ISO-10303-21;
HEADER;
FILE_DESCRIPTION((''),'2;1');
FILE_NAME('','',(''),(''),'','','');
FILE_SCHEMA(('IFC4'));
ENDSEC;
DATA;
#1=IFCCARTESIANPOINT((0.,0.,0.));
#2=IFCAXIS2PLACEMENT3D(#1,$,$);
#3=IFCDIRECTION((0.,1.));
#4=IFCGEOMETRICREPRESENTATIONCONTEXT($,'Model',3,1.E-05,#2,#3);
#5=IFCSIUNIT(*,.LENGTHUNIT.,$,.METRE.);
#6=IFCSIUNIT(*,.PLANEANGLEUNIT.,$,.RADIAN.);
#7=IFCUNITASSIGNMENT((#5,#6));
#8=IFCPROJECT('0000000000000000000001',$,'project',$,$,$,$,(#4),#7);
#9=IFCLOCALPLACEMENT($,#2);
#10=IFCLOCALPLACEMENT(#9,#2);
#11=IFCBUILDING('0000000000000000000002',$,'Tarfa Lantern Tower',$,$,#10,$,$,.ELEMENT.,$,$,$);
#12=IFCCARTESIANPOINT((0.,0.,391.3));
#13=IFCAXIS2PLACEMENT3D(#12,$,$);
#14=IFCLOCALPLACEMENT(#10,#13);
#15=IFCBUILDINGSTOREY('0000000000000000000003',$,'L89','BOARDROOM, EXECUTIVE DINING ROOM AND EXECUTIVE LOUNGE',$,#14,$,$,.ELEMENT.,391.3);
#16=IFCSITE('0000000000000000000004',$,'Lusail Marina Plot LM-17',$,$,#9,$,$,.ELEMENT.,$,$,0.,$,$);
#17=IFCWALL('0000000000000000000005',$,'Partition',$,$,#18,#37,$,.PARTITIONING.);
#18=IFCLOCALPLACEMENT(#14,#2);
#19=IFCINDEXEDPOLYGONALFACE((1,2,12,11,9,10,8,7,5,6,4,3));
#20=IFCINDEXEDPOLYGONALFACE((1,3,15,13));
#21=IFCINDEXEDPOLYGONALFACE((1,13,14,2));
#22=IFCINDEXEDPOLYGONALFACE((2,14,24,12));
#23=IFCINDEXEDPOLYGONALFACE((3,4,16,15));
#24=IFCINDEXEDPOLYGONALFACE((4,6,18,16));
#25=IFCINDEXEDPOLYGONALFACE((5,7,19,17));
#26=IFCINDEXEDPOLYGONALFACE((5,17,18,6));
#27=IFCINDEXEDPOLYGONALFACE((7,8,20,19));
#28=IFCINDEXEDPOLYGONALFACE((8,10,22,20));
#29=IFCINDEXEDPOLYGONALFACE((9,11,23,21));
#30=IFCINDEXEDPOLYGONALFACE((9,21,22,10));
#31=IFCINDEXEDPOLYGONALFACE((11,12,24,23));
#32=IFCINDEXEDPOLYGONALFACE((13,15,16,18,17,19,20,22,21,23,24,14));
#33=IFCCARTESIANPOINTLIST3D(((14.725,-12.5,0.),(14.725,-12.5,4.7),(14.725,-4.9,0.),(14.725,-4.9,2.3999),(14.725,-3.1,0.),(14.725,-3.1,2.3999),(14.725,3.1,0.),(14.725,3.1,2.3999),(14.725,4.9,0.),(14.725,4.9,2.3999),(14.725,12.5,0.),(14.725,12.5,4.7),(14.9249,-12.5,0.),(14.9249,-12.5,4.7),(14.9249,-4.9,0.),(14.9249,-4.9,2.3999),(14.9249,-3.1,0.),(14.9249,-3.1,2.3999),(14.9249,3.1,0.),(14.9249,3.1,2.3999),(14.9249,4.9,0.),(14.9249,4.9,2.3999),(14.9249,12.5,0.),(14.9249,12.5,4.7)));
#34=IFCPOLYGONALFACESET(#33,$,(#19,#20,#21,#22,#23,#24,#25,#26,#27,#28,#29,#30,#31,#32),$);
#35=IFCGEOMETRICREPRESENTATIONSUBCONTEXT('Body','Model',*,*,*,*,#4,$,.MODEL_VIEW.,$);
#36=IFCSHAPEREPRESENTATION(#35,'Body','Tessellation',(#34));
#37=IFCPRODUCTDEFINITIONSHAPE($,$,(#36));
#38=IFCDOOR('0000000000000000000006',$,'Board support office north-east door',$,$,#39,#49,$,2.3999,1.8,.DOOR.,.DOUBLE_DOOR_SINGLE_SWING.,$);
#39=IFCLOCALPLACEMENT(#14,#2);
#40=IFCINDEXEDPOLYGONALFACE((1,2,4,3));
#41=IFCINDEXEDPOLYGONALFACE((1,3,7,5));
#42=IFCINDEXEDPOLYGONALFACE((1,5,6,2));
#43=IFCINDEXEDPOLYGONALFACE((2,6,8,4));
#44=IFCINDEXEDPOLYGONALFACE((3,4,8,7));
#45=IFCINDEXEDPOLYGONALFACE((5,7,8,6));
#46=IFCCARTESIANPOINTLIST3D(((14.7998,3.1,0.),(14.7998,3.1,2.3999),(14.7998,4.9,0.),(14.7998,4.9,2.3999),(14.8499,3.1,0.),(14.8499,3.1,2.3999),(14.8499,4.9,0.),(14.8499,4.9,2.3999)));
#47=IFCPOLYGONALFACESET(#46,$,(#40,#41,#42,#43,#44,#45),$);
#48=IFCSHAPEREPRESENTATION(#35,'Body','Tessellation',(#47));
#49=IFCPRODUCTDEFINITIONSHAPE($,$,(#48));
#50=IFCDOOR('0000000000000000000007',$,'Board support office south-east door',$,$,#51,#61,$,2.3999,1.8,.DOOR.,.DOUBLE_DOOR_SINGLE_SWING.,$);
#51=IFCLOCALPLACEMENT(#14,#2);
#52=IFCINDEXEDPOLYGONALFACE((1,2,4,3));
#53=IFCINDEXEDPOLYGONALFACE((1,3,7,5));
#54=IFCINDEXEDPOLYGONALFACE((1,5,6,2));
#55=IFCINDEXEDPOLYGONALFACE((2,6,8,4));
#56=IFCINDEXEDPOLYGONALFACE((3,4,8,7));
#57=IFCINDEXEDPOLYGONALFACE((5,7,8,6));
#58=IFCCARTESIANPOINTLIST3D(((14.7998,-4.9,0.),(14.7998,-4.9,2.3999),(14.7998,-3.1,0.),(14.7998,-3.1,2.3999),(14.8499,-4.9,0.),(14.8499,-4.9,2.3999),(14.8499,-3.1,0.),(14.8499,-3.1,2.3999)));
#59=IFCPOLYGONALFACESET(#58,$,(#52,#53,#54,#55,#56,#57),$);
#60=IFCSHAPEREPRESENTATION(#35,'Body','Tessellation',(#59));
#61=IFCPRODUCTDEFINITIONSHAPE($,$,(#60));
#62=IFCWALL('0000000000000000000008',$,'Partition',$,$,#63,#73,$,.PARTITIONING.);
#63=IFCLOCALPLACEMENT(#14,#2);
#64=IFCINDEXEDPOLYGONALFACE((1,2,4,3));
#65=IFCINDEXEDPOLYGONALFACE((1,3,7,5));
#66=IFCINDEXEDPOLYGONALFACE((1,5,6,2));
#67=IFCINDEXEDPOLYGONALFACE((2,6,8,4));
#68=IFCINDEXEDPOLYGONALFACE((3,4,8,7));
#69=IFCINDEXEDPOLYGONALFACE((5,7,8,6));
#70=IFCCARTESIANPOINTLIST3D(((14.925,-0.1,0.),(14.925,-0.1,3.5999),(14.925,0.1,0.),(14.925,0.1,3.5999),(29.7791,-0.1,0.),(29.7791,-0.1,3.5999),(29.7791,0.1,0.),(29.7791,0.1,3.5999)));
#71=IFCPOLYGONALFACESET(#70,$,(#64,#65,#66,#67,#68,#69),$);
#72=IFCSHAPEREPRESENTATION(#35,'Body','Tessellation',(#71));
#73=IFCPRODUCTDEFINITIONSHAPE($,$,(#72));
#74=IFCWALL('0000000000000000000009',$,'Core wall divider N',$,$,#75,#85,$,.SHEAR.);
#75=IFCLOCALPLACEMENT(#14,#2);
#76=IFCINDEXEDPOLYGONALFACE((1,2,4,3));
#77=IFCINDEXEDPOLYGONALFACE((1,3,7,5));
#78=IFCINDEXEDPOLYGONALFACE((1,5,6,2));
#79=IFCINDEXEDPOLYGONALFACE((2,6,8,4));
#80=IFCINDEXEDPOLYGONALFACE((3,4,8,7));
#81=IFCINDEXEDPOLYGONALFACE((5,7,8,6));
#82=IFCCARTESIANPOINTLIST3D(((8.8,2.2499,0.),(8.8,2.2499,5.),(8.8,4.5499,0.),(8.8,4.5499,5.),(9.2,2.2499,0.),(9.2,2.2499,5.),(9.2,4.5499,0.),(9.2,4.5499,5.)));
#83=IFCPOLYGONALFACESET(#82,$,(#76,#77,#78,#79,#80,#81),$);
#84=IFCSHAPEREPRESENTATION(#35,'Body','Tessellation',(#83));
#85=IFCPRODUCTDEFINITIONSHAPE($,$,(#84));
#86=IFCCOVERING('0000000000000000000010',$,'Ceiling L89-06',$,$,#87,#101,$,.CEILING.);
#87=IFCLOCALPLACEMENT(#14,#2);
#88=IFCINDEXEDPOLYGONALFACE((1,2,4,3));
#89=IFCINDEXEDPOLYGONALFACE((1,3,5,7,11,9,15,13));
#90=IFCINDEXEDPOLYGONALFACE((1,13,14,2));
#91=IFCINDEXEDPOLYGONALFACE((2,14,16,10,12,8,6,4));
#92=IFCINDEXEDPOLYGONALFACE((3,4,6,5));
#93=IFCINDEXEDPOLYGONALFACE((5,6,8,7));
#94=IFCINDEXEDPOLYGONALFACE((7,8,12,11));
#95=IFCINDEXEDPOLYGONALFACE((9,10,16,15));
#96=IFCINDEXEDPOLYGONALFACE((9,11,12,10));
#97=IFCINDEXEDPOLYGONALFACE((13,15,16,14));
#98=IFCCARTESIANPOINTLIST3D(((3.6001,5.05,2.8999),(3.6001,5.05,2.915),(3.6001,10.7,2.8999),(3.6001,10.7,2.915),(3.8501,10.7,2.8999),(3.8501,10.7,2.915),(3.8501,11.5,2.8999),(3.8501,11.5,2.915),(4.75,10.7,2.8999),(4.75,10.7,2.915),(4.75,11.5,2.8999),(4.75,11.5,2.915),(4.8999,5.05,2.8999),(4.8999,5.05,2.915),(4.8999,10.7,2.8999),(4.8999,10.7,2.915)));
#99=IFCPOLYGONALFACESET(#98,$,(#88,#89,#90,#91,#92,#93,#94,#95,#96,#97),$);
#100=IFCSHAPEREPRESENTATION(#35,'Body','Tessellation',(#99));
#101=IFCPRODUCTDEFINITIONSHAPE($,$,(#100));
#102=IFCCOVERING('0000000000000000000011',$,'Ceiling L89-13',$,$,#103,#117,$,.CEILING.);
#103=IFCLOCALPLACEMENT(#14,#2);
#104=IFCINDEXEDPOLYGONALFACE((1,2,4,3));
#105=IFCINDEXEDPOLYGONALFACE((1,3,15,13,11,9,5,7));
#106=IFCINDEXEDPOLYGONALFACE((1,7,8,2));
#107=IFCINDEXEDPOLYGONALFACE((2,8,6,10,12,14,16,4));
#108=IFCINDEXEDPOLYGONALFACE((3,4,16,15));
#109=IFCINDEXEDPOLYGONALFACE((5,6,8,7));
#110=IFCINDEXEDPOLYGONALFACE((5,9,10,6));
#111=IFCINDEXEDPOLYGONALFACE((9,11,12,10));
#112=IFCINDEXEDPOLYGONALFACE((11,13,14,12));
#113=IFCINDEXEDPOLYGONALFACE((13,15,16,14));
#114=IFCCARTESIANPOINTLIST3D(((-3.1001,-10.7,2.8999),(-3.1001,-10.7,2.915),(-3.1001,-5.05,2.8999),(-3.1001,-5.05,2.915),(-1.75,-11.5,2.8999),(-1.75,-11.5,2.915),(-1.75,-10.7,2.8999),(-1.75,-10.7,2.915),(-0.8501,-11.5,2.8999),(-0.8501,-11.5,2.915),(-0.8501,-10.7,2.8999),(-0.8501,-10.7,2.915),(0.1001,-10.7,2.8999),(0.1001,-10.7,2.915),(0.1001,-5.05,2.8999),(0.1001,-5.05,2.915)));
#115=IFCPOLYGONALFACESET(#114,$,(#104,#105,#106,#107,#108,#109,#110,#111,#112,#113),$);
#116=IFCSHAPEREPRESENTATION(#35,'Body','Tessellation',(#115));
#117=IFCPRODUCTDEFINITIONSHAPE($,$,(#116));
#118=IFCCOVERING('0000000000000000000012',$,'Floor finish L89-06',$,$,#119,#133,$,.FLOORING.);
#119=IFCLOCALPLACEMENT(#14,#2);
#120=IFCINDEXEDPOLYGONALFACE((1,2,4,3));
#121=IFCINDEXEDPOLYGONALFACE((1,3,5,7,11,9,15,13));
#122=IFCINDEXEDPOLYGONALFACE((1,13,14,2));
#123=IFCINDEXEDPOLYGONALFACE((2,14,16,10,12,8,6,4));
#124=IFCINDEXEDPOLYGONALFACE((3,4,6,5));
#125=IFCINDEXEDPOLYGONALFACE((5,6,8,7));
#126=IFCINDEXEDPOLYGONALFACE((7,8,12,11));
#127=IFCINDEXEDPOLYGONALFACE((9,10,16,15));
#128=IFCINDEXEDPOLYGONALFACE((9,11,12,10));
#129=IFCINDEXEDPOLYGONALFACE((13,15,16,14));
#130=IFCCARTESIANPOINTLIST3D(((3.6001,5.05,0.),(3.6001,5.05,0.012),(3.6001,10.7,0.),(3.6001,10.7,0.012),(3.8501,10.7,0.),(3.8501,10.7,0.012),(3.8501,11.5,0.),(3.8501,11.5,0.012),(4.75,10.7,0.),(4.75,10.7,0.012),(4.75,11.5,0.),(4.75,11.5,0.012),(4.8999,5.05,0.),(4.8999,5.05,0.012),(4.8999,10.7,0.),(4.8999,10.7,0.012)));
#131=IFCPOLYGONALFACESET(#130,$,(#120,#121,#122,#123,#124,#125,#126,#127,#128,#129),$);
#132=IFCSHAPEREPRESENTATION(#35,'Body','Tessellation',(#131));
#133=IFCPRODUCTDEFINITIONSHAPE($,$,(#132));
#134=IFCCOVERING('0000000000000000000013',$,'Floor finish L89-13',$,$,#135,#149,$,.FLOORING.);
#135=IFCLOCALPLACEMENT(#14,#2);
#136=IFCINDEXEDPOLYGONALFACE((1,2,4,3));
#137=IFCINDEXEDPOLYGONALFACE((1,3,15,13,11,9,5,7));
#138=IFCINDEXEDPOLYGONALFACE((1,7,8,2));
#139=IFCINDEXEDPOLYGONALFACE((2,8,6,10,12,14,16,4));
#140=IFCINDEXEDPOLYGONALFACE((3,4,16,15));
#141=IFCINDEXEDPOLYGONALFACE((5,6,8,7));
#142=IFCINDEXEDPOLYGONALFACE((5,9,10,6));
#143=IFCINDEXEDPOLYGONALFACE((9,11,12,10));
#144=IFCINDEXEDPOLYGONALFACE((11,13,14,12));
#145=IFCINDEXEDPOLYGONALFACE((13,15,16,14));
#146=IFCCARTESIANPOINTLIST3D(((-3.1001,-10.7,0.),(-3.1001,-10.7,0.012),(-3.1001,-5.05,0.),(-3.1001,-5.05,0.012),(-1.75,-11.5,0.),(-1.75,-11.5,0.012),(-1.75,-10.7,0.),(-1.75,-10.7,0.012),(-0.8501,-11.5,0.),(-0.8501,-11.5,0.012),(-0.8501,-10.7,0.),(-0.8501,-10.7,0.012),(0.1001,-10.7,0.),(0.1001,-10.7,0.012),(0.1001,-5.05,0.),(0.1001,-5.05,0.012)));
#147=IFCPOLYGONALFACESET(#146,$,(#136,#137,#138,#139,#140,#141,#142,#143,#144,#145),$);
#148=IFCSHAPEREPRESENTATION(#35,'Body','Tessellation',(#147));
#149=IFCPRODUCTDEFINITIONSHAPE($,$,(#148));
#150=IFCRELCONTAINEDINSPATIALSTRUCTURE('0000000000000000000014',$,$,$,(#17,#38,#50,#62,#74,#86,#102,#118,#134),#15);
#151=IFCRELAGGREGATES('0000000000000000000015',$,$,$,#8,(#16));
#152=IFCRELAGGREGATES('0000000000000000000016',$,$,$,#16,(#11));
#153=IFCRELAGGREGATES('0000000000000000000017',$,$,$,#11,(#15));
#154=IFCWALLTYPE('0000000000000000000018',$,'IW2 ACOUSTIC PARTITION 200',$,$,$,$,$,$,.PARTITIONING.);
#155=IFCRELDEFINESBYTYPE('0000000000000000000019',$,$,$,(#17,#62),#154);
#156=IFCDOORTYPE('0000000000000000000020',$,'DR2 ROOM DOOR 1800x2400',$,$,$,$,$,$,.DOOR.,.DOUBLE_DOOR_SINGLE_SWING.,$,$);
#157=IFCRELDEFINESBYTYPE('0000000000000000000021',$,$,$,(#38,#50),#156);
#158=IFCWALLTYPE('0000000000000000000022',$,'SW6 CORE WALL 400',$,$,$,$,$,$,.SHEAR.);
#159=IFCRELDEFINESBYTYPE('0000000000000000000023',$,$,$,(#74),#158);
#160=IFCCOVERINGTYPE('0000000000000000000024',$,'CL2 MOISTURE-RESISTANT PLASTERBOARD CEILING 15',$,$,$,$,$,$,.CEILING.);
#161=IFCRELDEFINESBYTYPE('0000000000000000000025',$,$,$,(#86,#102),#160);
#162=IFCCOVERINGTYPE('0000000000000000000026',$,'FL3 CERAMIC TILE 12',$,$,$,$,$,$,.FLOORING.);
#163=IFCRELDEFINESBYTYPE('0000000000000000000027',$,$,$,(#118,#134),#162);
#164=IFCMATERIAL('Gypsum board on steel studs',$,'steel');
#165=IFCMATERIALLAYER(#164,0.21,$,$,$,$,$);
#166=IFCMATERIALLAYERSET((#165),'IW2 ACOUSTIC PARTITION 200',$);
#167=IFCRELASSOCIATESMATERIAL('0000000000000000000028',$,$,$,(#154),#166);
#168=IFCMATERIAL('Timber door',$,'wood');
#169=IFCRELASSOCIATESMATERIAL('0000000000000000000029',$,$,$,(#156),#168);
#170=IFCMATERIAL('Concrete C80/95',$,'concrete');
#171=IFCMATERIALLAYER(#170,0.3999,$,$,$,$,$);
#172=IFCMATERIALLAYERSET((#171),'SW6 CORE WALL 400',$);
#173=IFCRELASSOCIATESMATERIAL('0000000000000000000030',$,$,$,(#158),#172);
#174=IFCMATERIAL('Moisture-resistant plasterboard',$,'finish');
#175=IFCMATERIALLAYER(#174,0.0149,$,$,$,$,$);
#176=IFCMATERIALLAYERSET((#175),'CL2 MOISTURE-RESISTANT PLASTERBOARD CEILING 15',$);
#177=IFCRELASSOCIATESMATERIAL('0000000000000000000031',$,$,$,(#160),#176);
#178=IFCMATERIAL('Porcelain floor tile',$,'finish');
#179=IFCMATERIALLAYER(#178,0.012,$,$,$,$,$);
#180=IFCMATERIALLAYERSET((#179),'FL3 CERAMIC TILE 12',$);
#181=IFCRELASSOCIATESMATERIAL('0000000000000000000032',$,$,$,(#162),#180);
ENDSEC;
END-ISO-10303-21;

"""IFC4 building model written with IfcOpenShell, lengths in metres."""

from ifc_helpers import new_model, si_unit, direction, frame, frame_2d, origin, place, context, subcontext, project, spatial, polyline, rectangle, outline, extrude, material, layer, layer_set, type_object, element, fill, save


model = new_model("IFC4")

# Units and contexts
model_context = context("Model", 3, precision=1e-05, world=origin(), true_north=direction((0.0, 1.0)))
body_context = subcontext(model_context, "Body", "Model", "MODEL_VIEW")
ifc_project = project(units=[si_unit("LENGTHUNIT", "METRE"), si_unit("PLANEANGLEUNIT", "RADIAN")], contexts=[model_context])

# Site, building, storey
site_placement = place(None, origin())
site = spatial("IfcSite", under=ifc_project, at=site_placement, Name="Lusail Marina Plot LM-17", CompositionType="ELEMENT", RefElevation=0.0)
building_placement = place(site_placement, origin())
building = spatial("IfcBuilding", under=site, at=building_placement, Name="Tarfa Lantern Tower", CompositionType="ELEMENT")
storey_placement = place(building_placement, frame((0.0, 0.0, 391.3)))
storey = spatial("IfcBuildingStorey", under=building, at=storey_placement, Name="L89", Description="BOARDROOM, EXECUTIVE DINING ROOM AND EXECUTIVE LOUNGE", CompositionType="ELEMENT", Elevation=391.3)

# Shared definitions
ifc_material_1 = material(Name="Concrete C80/95", Category="concrete")

# Shared definitions
ifc_material_2 = material(Name="Gypsum board on steel studs", Category="steel")
ifc_layer_1 = layer(ifc_material_2, 0.21)
ifc_layer_set_1 = layer_set([ifc_layer_1], Name="IW2 ACOUSTIC PARTITION 200")
wall_type_1 = type_object("IfcWallType", Name="IW2 ACOUSTIC PARTITION 200", PredefinedType="PARTITIONING", material=ifc_layer_set_1)

# Wall, openings, doors
wall_1_placement = place(storey_placement, frame((14.825, 12.5, 0.0), z_axis=(0.0, 0.0, 1.0), x_axis=(0.0, -1.0, 0.0)))
wall_1 = element("IfcWall", 1, at=wall_1_placement, inside=storey, type_object=wall_type_1, Name="Partition", PredefinedType="PARTITIONING", context=body_context, shape_type="SweptSolid", body=[
    extrude(rectangle(XDim=25.0, YDim=0.2, at=frame_2d((12.5, 0.0))), origin(), (0.0, 0.0, 1.0), 4.7),
])
opening_1_placement = place(wall_1_placement, frame((7.6001, 0.0, 0.0)))
opening_1 = element("IfcOpeningElement", 2, at=opening_1_placement, cuts=wall_1, PredefinedType="OPENING", context=body_context, shape_type="SweptSolid", body=[
    extrude(rectangle(XDim=1.8, YDim=2.3999, at=frame_2d((0.8999, 1.2))), frame((0.0, 0.1099, 0.0), z_axis=(0.0, -1.0, 0.0), x_axis=(1.0, 0.0, 0.0)), (0.0, 0.0, 1.0), 0.22),
])
opening_2_placement = place(wall_1_placement, frame((15.6001, 0.0, 0.0)))
opening_2 = element("IfcOpeningElement", 3, at=opening_2_placement, cuts=wall_1, PredefinedType="OPENING", context=body_context, shape_type="SweptSolid", body=[
    extrude(rectangle(XDim=1.8, YDim=2.3999, at=frame_2d((0.8999, 1.2))), frame((0.0, 0.1099, 0.0), z_axis=(0.0, -1.0, 0.0), x_axis=(1.0, 0.0, 0.0)), (0.0, 0.0, 1.0), 0.22),
])
ifc_material_3 = material(Name="Timber door", Category="wood")
door_type = type_object("IfcDoorType", Name="DR2 ROOM DOOR 1800x2400", OperationType="DOUBLE_DOOR_SINGLE_SWING", PredefinedType="DOOR", material=ifc_material_3)
door_1_placement = place(opening_1_placement, origin())
door_1 = element("IfcDoor", 4, at=door_1_placement, inside=storey, type_object=door_type, Name="Board support office north-east door", OperationType="DOUBLE_DOOR_SINGLE_SWING", OverallHeight=2.3999, OverallWidth=1.8, PredefinedType="DOOR", context=body_context, shape_type="SweptSolid", body=[
    extrude(rectangle(XDim=1.8, YDim=2.3999, at=frame_2d((0.8999, 1.2))), frame((0.0, 0.0249, 0.0), z_axis=(0.0, -1.0, 0.0), x_axis=(1.0, 0.0, 0.0)), (0.0, 0.0, 1.0), 0.05),
])
fill(opening_1, door_1)
door_2_placement = place(opening_2_placement, origin())
door_2 = element("IfcDoor", 5, at=door_2_placement, inside=storey, type_object=door_type, Name="Board support office south-east door", OperationType="DOUBLE_DOOR_SINGLE_SWING", OverallHeight=2.3999, OverallWidth=1.8, PredefinedType="DOOR", context=body_context, shape_type="SweptSolid", body=[
    extrude(rectangle(XDim=1.8, YDim=2.3999, at=frame_2d((0.8999, 1.2))), frame((0.0, 0.0249, 0.0), z_axis=(0.0, -1.0, 0.0), x_axis=(1.0, 0.0, 0.0)), (0.0, 0.0, 1.0), 0.05),
])
fill(opening_2, door_2)

# Walls
wall_2_placement = place(storey_placement, frame((14.925, 0.0, 0.0), z_axis=(0.0, 0.0, 1.0), x_axis=(1.0, 0.0, 0.0)))
element("IfcWall", 6, at=wall_2_placement, inside=storey, type_object=wall_type_1, Name="Partition", PredefinedType="PARTITIONING", context=body_context, shape_type="SweptSolid", body=[
    extrude(rectangle(XDim=14.854, YDim=0.2, at=frame_2d((7.427, 0.0))), origin(), (0.0, 0.0, 1.0), 3.5999),
])
ifc_layer_2 = layer(ifc_material_1, 0.3999)
ifc_layer_set_2 = layer_set([ifc_layer_2], Name="SW6 CORE WALL 400")
wall_type_2 = type_object("IfcWallType", Name="SW6 CORE WALL 400", PredefinedType="SHEAR", material=ifc_layer_set_2)
wall_3_placement = place(storey_placement, frame((9.0, 2.25, 0.0), z_axis=(0.0, 0.0, 1.0), x_axis=(0.0, 1.0, 0.0)))
element("IfcWall", 7, at=wall_3_placement, inside=storey, type_object=wall_type_2, Name="Core wall divider N", PredefinedType="SHEAR", context=body_context, shape_type="SweptSolid", body=[
    extrude(rectangle(XDim=2.3, YDim=0.3999, at=frame_2d((1.1499, 0.0))), origin(), (0.0, 0.0, 1.0), 5.0),
])

# Coverings
ifc_material_4 = material(Name="Moisture-resistant plasterboard", Category="finish")
ifc_layer_3 = layer(ifc_material_4, 0.0149)
ifc_layer_set_3 = layer_set([ifc_layer_3], Name="CL2 MOISTURE-RESISTANT PLASTERBOARD CEILING 15")
covering_type_1 = type_object("IfcCoveringType", Name="CL2 MOISTURE-RESISTANT PLASTERBOARD CEILING 15", PredefinedType="CEILING", material=ifc_layer_set_3)
covering_1_placement = place(storey_placement, frame((0.0, 0.0, 2.8999)))
element("IfcCovering", 8, at=covering_1_placement, inside=storey, type_object=covering_type_1, Name="Ceiling L89-06", PredefinedType="CEILING", context=body_context, shape_type="SweptSolid", body=[
    extrude(outline(polyline([(3.6001, 5.05), (4.8999, 5.05), (4.8999, 10.7), (4.75, 10.7), (4.75, 11.5), (3.8501, 11.5), (3.8501, 10.7), (3.6001, 10.7), (3.6001, 5.05)])), origin(), (0.0, 0.0, 1.0), 0.0151),
])
covering_2_placement = place(storey_placement, frame((0.0, 0.0, 2.8999)))
element("IfcCovering", 9, at=covering_2_placement, inside=storey, type_object=covering_type_1, Name="Ceiling L89-13", PredefinedType="CEILING", context=body_context, shape_type="SweptSolid", body=[
    extrude(outline(polyline([(-0.8501, -10.7), (0.1001, -10.7), (0.1001, -5.05), (-3.1001, -5.05), (-3.1001, -10.7), (-1.75, -10.7), (-1.75, -11.5), (-0.8501, -11.5), (-0.8501, -10.7)])), origin(), (0.0, 0.0, 1.0), 0.0151),
])
ifc_material_5 = material(Name="Porcelain floor tile", Category="finish")
ifc_layer_4 = layer(ifc_material_5, 0.012)
ifc_layer_set_4 = layer_set([ifc_layer_4], Name="FL3 CERAMIC TILE 12")
covering_type_2 = type_object("IfcCoveringType", Name="FL3 CERAMIC TILE 12", PredefinedType="FLOORING", material=ifc_layer_set_4)
covering_3_placement = place(storey_placement, origin())
element("IfcCovering", 10, at=covering_3_placement, inside=storey, type_object=covering_type_2, Name="Floor finish L89-06", PredefinedType="FLOORING", context=body_context, shape_type="SweptSolid", body=[
    extrude(outline(polyline([(3.6001, 5.05), (4.8999, 5.05), (4.8999, 10.7), (4.75, 10.7), (4.75, 11.5), (3.8501, 11.5), (3.8501, 10.7), (3.6001, 10.7), (3.6001, 5.05)])), origin(), (0.0, 0.0, 1.0), 0.012),
])
covering_4_placement = place(storey_placement, origin())
element("IfcCovering", 11, at=covering_4_placement, inside=storey, type_object=covering_type_2, Name="Floor finish L89-13", PredefinedType="FLOORING", context=body_context, shape_type="SweptSolid", body=[
    extrude(outline(polyline([(-0.8501, -10.7), (0.1001, -10.7), (0.1001, -5.05), (-3.1001, -5.05), (-3.1001, -10.7), (-1.75, -10.7), (-1.75, -11.5), (-0.8501, -11.5), (-0.8501, -10.7)])), origin(), (0.0, 0.0, 1.0), 0.012),
])

save(model, "model.ifc")
